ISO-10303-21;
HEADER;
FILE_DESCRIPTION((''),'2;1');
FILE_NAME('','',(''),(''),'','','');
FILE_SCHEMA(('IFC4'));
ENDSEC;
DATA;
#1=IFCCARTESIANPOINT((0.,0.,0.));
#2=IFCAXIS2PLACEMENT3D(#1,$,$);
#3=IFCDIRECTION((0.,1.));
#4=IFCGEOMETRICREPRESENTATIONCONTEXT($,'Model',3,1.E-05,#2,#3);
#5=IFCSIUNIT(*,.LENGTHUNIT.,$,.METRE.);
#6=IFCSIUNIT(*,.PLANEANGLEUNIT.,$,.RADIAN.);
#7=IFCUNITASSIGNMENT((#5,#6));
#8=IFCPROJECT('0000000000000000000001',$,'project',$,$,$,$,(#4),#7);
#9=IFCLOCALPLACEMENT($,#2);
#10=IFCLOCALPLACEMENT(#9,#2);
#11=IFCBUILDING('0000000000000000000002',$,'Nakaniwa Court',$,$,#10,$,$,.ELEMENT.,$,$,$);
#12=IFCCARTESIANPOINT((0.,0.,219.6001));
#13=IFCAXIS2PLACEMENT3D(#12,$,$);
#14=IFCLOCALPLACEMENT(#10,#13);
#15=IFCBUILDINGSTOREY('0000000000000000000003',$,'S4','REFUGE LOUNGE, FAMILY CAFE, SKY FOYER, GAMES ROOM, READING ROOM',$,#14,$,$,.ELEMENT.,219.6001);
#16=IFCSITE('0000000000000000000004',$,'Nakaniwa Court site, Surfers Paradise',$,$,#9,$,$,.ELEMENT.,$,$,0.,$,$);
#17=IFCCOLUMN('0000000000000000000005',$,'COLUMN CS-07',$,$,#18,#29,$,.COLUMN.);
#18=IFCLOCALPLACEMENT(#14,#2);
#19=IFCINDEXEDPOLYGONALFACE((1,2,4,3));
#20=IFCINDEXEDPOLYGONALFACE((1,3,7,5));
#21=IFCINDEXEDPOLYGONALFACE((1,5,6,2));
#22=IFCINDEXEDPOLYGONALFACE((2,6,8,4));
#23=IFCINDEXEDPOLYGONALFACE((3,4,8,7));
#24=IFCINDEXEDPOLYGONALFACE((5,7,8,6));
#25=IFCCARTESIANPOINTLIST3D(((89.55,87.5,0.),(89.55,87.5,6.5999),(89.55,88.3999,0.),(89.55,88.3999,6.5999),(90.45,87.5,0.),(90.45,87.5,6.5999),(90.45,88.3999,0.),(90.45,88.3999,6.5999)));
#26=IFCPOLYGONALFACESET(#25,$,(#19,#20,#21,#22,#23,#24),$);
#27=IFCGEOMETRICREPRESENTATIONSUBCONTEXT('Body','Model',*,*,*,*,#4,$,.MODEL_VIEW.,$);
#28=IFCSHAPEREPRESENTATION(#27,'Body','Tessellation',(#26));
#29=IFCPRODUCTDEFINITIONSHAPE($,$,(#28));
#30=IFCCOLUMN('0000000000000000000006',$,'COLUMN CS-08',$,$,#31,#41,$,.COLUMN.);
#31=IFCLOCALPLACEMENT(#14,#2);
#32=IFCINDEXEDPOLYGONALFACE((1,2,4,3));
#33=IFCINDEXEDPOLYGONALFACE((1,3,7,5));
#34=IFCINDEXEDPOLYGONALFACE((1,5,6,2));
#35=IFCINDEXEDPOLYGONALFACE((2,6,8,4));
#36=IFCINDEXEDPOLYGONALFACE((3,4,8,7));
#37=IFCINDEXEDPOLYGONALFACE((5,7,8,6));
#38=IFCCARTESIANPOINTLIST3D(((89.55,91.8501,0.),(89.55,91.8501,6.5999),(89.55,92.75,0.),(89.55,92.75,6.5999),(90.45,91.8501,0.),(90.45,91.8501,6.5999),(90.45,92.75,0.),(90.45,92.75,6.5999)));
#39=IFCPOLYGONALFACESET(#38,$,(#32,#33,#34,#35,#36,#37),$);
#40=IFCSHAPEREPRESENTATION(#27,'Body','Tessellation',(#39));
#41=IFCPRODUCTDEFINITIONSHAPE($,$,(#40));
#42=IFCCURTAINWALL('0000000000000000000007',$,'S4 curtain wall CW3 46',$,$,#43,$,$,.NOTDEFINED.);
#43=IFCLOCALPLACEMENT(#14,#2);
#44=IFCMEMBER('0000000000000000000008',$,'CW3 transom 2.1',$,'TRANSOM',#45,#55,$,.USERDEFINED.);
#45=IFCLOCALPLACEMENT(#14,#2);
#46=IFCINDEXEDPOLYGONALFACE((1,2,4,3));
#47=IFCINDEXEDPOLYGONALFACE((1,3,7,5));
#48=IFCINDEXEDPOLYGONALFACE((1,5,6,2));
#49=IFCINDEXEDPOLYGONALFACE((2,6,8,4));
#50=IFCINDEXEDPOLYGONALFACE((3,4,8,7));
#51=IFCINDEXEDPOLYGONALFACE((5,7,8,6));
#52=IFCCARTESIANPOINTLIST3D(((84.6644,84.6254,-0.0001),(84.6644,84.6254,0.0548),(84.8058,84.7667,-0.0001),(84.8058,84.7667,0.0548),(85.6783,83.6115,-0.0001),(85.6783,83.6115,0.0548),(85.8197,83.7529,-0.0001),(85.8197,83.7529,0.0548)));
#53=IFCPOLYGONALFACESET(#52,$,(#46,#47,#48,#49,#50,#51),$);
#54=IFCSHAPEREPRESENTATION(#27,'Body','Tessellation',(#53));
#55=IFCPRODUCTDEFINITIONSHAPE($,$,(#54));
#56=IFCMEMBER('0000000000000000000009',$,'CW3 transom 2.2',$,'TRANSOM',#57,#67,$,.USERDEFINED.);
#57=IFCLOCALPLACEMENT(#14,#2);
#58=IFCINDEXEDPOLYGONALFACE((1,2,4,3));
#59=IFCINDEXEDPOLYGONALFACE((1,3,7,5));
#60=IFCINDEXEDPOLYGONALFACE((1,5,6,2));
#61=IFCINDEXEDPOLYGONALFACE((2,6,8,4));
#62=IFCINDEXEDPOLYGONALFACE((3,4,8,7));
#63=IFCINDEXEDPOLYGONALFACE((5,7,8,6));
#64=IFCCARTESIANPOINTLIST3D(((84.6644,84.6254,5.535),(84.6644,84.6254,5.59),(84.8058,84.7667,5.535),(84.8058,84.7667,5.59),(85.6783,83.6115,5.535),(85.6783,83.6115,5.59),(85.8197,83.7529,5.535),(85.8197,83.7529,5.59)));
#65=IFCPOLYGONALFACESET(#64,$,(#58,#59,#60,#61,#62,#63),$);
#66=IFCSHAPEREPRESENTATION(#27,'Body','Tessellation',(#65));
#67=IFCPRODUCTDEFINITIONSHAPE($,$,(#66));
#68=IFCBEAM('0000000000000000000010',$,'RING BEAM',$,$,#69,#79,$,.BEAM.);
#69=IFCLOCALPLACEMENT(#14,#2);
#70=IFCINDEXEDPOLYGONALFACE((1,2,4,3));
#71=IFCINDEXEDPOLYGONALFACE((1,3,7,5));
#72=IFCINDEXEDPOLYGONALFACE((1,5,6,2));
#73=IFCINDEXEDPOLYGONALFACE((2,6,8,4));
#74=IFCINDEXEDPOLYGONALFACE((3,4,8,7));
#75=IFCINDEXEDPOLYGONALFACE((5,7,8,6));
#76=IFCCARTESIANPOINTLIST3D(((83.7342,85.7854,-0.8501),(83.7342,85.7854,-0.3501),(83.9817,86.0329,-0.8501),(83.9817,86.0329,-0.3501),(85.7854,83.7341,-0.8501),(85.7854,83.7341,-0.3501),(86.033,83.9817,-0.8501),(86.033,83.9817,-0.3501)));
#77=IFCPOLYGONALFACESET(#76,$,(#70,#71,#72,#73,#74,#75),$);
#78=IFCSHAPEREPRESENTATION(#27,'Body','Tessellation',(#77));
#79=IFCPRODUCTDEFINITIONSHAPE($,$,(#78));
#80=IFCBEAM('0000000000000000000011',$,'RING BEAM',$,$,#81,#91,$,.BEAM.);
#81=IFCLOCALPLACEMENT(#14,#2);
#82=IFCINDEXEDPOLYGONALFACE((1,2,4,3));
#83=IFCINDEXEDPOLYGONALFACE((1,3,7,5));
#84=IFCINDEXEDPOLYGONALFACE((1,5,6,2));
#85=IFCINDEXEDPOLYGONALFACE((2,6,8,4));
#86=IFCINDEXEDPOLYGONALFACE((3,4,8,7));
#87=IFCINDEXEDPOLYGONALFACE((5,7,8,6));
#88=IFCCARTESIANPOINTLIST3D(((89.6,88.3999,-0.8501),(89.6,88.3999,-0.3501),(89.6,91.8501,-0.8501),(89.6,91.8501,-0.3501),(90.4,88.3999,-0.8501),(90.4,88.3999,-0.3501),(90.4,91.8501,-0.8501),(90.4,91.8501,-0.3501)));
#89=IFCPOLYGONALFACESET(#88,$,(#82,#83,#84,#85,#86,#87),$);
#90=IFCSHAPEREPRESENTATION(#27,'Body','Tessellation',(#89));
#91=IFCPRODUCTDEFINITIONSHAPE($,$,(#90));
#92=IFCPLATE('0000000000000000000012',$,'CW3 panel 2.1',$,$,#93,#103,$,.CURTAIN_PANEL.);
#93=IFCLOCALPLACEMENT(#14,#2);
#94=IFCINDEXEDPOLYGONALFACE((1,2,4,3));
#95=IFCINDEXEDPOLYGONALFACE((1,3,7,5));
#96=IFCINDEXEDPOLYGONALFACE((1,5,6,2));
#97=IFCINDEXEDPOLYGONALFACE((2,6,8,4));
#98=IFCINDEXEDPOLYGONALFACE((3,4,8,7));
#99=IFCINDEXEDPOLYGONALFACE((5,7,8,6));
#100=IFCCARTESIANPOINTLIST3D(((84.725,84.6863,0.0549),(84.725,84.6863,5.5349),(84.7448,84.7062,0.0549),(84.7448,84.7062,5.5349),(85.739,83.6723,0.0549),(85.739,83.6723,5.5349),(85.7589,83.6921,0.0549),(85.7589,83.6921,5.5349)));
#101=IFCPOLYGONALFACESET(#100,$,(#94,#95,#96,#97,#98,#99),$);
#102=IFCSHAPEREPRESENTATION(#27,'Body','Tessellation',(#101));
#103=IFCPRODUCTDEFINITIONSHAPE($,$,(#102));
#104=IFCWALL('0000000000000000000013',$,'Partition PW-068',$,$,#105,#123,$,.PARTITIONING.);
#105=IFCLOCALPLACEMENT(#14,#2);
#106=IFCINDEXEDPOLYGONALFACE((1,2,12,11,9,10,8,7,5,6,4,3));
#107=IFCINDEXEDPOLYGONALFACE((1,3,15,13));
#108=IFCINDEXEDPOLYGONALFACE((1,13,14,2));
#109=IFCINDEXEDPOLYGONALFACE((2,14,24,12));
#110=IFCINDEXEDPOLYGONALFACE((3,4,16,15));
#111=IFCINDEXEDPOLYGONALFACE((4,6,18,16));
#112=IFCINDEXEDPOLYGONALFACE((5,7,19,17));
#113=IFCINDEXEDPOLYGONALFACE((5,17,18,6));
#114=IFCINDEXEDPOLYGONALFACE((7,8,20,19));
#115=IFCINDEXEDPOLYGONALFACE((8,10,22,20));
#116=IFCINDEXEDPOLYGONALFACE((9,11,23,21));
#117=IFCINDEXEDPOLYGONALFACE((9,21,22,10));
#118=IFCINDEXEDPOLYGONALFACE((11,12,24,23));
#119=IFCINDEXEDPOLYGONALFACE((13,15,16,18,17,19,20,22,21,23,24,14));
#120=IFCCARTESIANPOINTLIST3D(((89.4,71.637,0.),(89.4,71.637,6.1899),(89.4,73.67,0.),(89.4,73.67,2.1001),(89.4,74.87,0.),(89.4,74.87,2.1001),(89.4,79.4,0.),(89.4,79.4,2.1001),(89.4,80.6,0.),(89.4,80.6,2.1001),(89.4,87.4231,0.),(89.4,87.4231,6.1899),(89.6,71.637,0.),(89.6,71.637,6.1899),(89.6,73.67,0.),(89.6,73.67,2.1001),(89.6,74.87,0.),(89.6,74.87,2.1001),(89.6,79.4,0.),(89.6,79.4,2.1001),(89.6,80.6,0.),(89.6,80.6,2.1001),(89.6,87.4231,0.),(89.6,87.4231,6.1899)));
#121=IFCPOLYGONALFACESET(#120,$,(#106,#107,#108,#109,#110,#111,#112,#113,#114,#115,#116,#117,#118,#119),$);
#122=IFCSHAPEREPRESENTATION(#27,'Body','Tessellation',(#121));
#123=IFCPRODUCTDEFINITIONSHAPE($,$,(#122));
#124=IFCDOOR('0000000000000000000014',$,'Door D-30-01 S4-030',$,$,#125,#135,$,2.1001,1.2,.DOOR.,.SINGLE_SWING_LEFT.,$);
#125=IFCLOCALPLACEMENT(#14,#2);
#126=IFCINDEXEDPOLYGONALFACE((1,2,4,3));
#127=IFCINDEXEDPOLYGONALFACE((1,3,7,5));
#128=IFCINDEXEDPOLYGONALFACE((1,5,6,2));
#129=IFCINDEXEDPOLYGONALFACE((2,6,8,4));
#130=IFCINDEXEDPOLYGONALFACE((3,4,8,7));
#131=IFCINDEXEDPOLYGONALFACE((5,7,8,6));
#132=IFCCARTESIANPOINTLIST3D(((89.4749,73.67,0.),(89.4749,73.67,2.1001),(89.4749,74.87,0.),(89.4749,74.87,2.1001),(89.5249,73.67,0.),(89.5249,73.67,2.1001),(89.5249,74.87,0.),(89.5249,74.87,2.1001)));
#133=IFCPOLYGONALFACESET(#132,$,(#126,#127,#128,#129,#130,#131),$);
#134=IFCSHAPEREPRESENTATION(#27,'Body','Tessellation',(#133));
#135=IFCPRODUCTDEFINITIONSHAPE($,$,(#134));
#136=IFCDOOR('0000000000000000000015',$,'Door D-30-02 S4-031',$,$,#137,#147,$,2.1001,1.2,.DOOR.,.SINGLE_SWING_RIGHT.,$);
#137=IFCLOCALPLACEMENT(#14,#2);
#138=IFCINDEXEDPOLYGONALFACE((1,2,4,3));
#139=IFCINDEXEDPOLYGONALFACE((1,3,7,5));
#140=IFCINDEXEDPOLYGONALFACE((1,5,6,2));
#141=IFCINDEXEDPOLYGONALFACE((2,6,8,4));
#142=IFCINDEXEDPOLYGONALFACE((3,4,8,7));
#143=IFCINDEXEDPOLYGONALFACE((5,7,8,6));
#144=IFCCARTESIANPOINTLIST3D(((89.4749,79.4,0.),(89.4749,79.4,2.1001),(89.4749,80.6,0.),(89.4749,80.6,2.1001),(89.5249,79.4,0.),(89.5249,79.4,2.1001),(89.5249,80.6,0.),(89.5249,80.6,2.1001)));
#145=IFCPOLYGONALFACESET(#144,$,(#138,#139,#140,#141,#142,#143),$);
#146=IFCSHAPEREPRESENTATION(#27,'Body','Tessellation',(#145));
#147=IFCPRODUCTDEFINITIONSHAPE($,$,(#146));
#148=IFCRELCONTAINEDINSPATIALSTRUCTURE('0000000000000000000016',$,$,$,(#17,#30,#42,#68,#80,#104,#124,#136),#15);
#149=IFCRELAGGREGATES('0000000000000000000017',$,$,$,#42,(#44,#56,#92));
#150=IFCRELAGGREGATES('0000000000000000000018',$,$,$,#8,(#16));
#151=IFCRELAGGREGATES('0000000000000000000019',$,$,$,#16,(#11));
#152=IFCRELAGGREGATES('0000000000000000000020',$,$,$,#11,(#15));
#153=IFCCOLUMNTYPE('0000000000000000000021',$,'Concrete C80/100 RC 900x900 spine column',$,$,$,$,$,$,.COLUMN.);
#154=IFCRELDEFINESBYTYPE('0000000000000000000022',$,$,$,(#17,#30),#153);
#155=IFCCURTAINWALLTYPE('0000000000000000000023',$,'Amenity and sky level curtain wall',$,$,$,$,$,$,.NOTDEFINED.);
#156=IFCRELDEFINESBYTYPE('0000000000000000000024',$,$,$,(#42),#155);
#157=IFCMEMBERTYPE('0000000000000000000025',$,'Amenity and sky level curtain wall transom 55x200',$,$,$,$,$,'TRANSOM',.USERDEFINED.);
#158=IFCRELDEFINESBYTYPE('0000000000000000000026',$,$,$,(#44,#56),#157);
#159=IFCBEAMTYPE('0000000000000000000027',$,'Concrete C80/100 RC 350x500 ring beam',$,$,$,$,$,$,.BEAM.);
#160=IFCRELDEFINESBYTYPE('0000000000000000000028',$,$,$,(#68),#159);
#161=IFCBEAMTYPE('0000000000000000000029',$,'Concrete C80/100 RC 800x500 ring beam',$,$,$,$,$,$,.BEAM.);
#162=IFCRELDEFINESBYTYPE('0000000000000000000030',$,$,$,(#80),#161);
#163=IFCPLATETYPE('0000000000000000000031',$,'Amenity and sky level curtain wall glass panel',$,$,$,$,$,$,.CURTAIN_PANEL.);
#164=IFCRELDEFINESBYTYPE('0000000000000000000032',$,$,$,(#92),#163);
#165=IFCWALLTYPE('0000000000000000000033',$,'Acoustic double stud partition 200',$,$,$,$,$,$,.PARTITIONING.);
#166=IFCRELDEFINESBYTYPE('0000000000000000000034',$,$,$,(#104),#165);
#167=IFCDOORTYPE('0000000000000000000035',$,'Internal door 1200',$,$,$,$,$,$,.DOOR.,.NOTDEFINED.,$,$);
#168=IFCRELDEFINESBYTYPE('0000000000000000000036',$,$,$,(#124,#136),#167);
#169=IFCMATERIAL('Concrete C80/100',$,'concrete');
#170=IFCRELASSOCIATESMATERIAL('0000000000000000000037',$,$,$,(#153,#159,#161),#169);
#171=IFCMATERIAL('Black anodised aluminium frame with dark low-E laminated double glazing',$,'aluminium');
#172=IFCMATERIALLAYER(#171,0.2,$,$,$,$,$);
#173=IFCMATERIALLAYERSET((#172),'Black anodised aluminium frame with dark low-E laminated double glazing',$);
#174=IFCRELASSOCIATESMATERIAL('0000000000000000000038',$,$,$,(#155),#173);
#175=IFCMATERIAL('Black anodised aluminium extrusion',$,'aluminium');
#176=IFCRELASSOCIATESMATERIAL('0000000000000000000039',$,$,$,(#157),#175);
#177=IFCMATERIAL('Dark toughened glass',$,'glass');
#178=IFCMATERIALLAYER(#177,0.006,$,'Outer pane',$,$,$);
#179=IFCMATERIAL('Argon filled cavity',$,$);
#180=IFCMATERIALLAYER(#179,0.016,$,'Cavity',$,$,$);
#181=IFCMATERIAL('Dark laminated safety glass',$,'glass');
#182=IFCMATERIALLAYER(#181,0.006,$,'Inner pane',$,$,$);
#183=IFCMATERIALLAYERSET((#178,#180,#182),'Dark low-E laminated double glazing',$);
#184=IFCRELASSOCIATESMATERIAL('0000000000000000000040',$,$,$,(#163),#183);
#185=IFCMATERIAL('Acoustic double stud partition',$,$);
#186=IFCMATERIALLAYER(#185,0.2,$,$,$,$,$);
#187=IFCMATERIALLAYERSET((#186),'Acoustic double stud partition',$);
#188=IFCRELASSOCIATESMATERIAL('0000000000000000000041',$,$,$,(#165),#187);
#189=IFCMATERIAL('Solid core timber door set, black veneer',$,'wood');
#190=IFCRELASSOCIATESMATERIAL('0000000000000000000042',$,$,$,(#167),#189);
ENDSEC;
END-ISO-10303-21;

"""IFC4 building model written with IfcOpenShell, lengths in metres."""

from ifc_helpers import new_model, si_unit, direction, frame, frame_2d, origin, origin_2d, place, context, subcontext, project, spatial, rectangle, extrude, material, layer, layer_set, material_profile, profile_set, type_object, element, fill, aggregate, save


model = new_model("IFC4")

# Units and contexts
model_context = context("Model", 3, precision=1e-05, world=origin(), true_north=direction((0.0, 1.0)))
body_context = subcontext(model_context, "Body", "Model", "MODEL_VIEW")
ifc_project = project(units=[si_unit("LENGTHUNIT", "METRE"), si_unit("PLANEANGLEUNIT", "RADIAN")], contexts=[model_context])

# Site, building, storey
site_placement = place(None, origin())
site = spatial("IfcSite", under=ifc_project, at=site_placement, Name="Nakaniwa Court site, Surfers Paradise", CompositionType="ELEMENT", RefElevation=0.0)
building_placement = place(site_placement, origin())
building = spatial("IfcBuilding", under=site, at=building_placement, Name="Nakaniwa Court", CompositionType="ELEMENT")
storey_placement = place(building_placement, frame((0.0, 0.0, 219.6001)))
storey = spatial("IfcBuildingStorey", under=building, at=storey_placement, Name="S4", Description="REFUGE LOUNGE, FAMILY CAFE, SKY FOYER, GAMES ROOM, READING ROOM", CompositionType="ELEMENT", Elevation=219.6001)

# Columns
ifc_material_1 = material(Name="Concrete C80/100", Category="concrete")
ifc_material_profile_1 = material_profile(ifc_material_1, rectangle(XDim=0.8999, YDim=0.8999, at=origin_2d()), Name="Concrete C80/100 RC 900x900 spine column")
ifc_profile_set_1 = profile_set([ifc_material_profile_1], Name="Concrete C80/100")
column_type = type_object("IfcColumnType", Name="Concrete C80/100 RC 900x900 spine column", PredefinedType="COLUMN", material=ifc_profile_set_1)
for number, where, z_axis, x_axis, name in (
    (1, (90.0, 87.95, 0.0), (0.0, 0.0, 1.0), (0.0, 1.0, 0.0), "COLUMN CS-07"),
    (2, (90.0, 92.3, 0.0), (0.0, 0.0, 1.0), (0.0, 1.0, 0.0), "COLUMN CS-08"),
):
    element("IfcColumn", number, at=place(storey_placement, frame(where, z_axis=z_axis, x_axis=x_axis)), inside=storey, type_object=column_type, Name=name, PredefinedType="COLUMN", context=body_context, shape_type="SweptSolid", body=[
        extrude(rectangle(XDim=0.8999, YDim=0.8999, at=origin_2d()), origin(), (0.0, 0.0, 1.0), 6.5999),
    ])

# Curtain wall, members
ifc_material_2 = material(Name="Black anodised aluminium frame with dark low-E laminated double glazing", Category="aluminium")
ifc_layer_1 = layer(ifc_material_2, 0.2)
ifc_layer_set_1 = layer_set([ifc_layer_1], Name="Black anodised aluminium frame with dark low-E laminated double glazing")
curtain_wall_type = type_object("IfcCurtainWallType", Name="Amenity and sky level curtain wall", PredefinedType="NOTDEFINED", material=ifc_layer_set_1)
curtain_wall_placement = place(storey_placement, origin())
curtain_wall = element("IfcCurtainWall", 3, at=curtain_wall_placement, inside=storey, type_object=curtain_wall_type, Name="S4 curtain wall CW3 46", PredefinedType="NOTDEFINED")
ifc_material_3 = material(Name="Black anodised aluminium extrusion", Category="aluminium")
ifc_material_profile_2 = material_profile(ifc_material_3, rectangle(XDim=0.2, YDim=0.0549, at=origin_2d()), Name="Amenity and sky level curtain wall transom 55x200")
ifc_profile_set_2 = profile_set([ifc_material_profile_2], Name="Black anodised aluminium extrusion")
member_type = type_object("IfcMemberType", Name="Amenity and sky level curtain wall transom 55x200", ElementType="TRANSOM", PredefinedType="USERDEFINED", material=ifc_profile_set_2)
member_1_placement = place(storey_placement, frame((84.7351, 84.696, 0.0273), z_axis=(0.707107, -0.707107, 0.0), x_axis=(0.707107, 0.707107, 0.0)))
member_1 = element("IfcMember", 4, at=member_1_placement, type_object=member_type, Name="CW3 transom 2.1", ObjectType="TRANSOM", PredefinedType="USERDEFINED", context=body_context, shape_type="SweptSolid", body=[
    extrude(rectangle(XDim=0.2, YDim=0.0549, at=origin_2d()), origin(), (0.0, 0.0, 1.0), 1.4338),
])
member_2_placement = place(storey_placement, frame((84.7351, 84.696, 5.5625), z_axis=(0.707107, -0.707107, 0.0), x_axis=(0.707107, 0.707107, 0.0)))
member_2 = element("IfcMember", 5, at=member_2_placement, type_object=member_type, Name="CW3 transom 2.2", ObjectType="TRANSOM", PredefinedType="USERDEFINED", context=body_context, shape_type="SweptSolid", body=[
    extrude(rectangle(XDim=0.2, YDim=0.0549, at=origin_2d()), origin(), (0.0, 0.0, 1.0), 1.4338),
])

# Beams
ifc_material_profile_3 = material_profile(ifc_material_1, rectangle(XDim=0.3501, YDim=0.5, at=origin_2d()), Name="Concrete C80/100 RC 350x500 ring beam")
ifc_profile_set_3 = profile_set([ifc_material_profile_3], Name="Concrete C80/100")
beam_type_1 = type_object("IfcBeamType", Name="Concrete C80/100 RC 350x500 ring beam", PredefinedType="BEAM", material=ifc_profile_set_3)
beam_1_placement = place(storey_placement, frame((85.9092, 83.8579, -0.6001), z_axis=(-0.707107, 0.707107, 0.0), x_axis=(-0.707107, -0.707107, 0.0)))
element("IfcBeam", 6, at=beam_1_placement, inside=storey, type_object=beam_type_1, Name="RING BEAM", PredefinedType="BEAM", context=body_context, shape_type="SweptSolid", body=[
    extrude(rectangle(XDim=0.3501, YDim=0.5, at=origin_2d()), origin(), (0.0, 0.0, 1.0), 2.9009),
])
ifc_material_profile_4 = material_profile(ifc_material_1, rectangle(XDim=0.8, YDim=0.5, at=origin_2d()), Name="Concrete C80/100 RC 800x500 ring beam")
ifc_profile_set_4 = profile_set([ifc_material_profile_4], Name="Concrete C80/100")
beam_type_2 = type_object("IfcBeamType", Name="Concrete C80/100 RC 800x500 ring beam", PredefinedType="BEAM", material=ifc_profile_set_4)
beam_2_placement = place(storey_placement, frame((90.0, 88.3999, -0.6001), z_axis=(0.0, 1.0, 0.0), x_axis=(-1.0, 0.0, 0.0)))
element("IfcBeam", 7, at=beam_2_placement, inside=storey, type_object=beam_type_2, Name="RING BEAM", PredefinedType="BEAM", context=body_context, shape_type="SweptSolid", body=[
    extrude(rectangle(XDim=0.8, YDim=0.5, at=origin_2d()), origin(), (0.0, 0.0, 1.0), 3.4502),
])

# Plate
ifc_material_4 = material(Name="Dark toughened glass", Category="glass")
ifc_layer_2 = layer(ifc_material_4, 0.006, Name="Outer pane")
ifc_material_5 = material(Name="Argon filled cavity")
ifc_layer_3 = layer(ifc_material_5, 0.016, Name="Cavity")
ifc_material_6 = material(Name="Dark laminated safety glass", Category="glass")
ifc_layer_4 = layer(ifc_material_6, 0.006, Name="Inner pane")
ifc_layer_set_2 = layer_set([ifc_layer_2, ifc_layer_3, ifc_layer_4], Name="Dark low-E laminated double glazing")
plate_type = type_object("IfcPlateType", Name="Amenity and sky level curtain wall glass panel", PredefinedType="CURTAIN_PANEL", material=ifc_layer_set_2)
plate_placement = place(storey_placement, frame((85.2419, 84.1892, 0.0549), z_axis=(0.0, 0.0, 1.0), x_axis=(0.707107, -0.707107, 0.0)))
plate = element("IfcPlate", 8, at=plate_placement, type_object=plate_type, Name="CW3 panel 2.1", PredefinedType="CURTAIN_PANEL", context=body_context, shape_type="SweptSolid", body=[
    extrude(rectangle(XDim=1.4341, YDim=0.0281, at=origin_2d()), origin(), (0.0, 0.0, 1.0), 5.48),
])
aggregate(curtain_wall, [member_1, member_2, plate])

# Wall, openings, doors
ifc_material_7 = material(Name="Acoustic double stud partition")
ifc_layer_5 = layer(ifc_material_7, 0.2)
ifc_layer_set_3 = layer_set([ifc_layer_5], Name="Acoustic double stud partition")
wall_type_1 = type_object("IfcWallType", Name="Acoustic double stud partition 200", PredefinedType="PARTITIONING", material=ifc_layer_set_3)
wall_1_placement = place(storey_placement, frame((89.5, 87.4231, 0.0), z_axis=(0.0, 0.0, 1.0), x_axis=(0.0, -1.0, 0.0)))
wall_1 = element("IfcWall", 9, at=wall_1_placement, inside=storey, type_object=wall_type_1, Name="Partition PW-068", PredefinedType="PARTITIONING", context=body_context, shape_type="SweptSolid", body=[
    extrude(rectangle(XDim=15.7861, YDim=0.2, at=frame_2d((7.8931, 0.0))), origin(), (0.0, 0.0, 1.0), 6.1899),
])
opening_1_placement = place(wall_1_placement, frame((12.553, 0.0, 0.0)))
opening_1 = element("IfcOpeningElement", 10, at=opening_1_placement, cuts=wall_1, PredefinedType="OPENING", context=body_context, shape_type="SweptSolid", body=[
    extrude(rectangle(XDim=1.2, YDim=2.1001, at=frame_2d((0.6001, 1.05))), frame((0.0, 0.1099, 0.0), z_axis=(0.0, -1.0, 0.0), x_axis=(1.0, 0.0, 0.0)), (0.0, 0.0, 1.0), 0.22),
])
opening_2_placement = place(wall_1_placement, frame((6.823, 0.0, 0.0)))
opening_2 = element("IfcOpeningElement", 11, at=opening_2_placement, cuts=wall_1, PredefinedType="OPENING", context=body_context, shape_type="SweptSolid", body=[
    extrude(rectangle(XDim=1.2, YDim=2.1001, at=frame_2d((0.6001, 1.05))), frame((0.0, 0.1099, 0.0), z_axis=(0.0, -1.0, 0.0), x_axis=(1.0, 0.0, 0.0)), (0.0, 0.0, 1.0), 0.22),
])
ifc_material_8 = material(Name="Solid core timber door set, black veneer", Category="wood")
door_type_1 = type_object("IfcDoorType", Name="Internal door 1200", OperationType="NOTDEFINED", PredefinedType="DOOR", material=ifc_material_8)
door_1_placement = place(opening_1_placement, origin())
door_1 = element("IfcDoor", 12, at=door_1_placement, inside=storey, type_object=door_type_1, Name="Door D-30-01 S4-030", OperationType="SINGLE_SWING_LEFT", OverallHeight=2.1001, OverallWidth=1.2, PredefinedType="DOOR", context=body_context, shape_type="SweptSolid", body=[
    extrude(rectangle(XDim=1.2, YDim=2.1001, at=frame_2d((0.6001, 1.05))), frame((0.0, 0.0249, 0.0), z_axis=(0.0, -1.0, 0.0), x_axis=(1.0, 0.0, 0.0)), (0.0, 0.0, 1.0), 0.05),
])
fill(opening_1, door_1)
door_2_placement = place(opening_2_placement, origin())
door_2 = element("IfcDoor", 13, at=door_2_placement, inside=storey, type_object=door_type_1, Name="Door D-30-02 S4-031", OperationType="SINGLE_SWING_RIGHT", OverallHeight=2.1001, OverallWidth=1.2, PredefinedType="DOOR", context=body_context, shape_type="SweptSolid", body=[
    extrude(rectangle(XDim=1.2, YDim=2.1001, at=frame_2d((0.6001, 1.05))), frame((0.0, 0.0249, 0.0), z_axis=(0.0, -1.0, 0.0), x_axis=(1.0, 0.0, 0.0)), (0.0, 0.0, 1.0), 0.05),
])
fill(opening_2, door_2)

save(model, "model.ifc")
